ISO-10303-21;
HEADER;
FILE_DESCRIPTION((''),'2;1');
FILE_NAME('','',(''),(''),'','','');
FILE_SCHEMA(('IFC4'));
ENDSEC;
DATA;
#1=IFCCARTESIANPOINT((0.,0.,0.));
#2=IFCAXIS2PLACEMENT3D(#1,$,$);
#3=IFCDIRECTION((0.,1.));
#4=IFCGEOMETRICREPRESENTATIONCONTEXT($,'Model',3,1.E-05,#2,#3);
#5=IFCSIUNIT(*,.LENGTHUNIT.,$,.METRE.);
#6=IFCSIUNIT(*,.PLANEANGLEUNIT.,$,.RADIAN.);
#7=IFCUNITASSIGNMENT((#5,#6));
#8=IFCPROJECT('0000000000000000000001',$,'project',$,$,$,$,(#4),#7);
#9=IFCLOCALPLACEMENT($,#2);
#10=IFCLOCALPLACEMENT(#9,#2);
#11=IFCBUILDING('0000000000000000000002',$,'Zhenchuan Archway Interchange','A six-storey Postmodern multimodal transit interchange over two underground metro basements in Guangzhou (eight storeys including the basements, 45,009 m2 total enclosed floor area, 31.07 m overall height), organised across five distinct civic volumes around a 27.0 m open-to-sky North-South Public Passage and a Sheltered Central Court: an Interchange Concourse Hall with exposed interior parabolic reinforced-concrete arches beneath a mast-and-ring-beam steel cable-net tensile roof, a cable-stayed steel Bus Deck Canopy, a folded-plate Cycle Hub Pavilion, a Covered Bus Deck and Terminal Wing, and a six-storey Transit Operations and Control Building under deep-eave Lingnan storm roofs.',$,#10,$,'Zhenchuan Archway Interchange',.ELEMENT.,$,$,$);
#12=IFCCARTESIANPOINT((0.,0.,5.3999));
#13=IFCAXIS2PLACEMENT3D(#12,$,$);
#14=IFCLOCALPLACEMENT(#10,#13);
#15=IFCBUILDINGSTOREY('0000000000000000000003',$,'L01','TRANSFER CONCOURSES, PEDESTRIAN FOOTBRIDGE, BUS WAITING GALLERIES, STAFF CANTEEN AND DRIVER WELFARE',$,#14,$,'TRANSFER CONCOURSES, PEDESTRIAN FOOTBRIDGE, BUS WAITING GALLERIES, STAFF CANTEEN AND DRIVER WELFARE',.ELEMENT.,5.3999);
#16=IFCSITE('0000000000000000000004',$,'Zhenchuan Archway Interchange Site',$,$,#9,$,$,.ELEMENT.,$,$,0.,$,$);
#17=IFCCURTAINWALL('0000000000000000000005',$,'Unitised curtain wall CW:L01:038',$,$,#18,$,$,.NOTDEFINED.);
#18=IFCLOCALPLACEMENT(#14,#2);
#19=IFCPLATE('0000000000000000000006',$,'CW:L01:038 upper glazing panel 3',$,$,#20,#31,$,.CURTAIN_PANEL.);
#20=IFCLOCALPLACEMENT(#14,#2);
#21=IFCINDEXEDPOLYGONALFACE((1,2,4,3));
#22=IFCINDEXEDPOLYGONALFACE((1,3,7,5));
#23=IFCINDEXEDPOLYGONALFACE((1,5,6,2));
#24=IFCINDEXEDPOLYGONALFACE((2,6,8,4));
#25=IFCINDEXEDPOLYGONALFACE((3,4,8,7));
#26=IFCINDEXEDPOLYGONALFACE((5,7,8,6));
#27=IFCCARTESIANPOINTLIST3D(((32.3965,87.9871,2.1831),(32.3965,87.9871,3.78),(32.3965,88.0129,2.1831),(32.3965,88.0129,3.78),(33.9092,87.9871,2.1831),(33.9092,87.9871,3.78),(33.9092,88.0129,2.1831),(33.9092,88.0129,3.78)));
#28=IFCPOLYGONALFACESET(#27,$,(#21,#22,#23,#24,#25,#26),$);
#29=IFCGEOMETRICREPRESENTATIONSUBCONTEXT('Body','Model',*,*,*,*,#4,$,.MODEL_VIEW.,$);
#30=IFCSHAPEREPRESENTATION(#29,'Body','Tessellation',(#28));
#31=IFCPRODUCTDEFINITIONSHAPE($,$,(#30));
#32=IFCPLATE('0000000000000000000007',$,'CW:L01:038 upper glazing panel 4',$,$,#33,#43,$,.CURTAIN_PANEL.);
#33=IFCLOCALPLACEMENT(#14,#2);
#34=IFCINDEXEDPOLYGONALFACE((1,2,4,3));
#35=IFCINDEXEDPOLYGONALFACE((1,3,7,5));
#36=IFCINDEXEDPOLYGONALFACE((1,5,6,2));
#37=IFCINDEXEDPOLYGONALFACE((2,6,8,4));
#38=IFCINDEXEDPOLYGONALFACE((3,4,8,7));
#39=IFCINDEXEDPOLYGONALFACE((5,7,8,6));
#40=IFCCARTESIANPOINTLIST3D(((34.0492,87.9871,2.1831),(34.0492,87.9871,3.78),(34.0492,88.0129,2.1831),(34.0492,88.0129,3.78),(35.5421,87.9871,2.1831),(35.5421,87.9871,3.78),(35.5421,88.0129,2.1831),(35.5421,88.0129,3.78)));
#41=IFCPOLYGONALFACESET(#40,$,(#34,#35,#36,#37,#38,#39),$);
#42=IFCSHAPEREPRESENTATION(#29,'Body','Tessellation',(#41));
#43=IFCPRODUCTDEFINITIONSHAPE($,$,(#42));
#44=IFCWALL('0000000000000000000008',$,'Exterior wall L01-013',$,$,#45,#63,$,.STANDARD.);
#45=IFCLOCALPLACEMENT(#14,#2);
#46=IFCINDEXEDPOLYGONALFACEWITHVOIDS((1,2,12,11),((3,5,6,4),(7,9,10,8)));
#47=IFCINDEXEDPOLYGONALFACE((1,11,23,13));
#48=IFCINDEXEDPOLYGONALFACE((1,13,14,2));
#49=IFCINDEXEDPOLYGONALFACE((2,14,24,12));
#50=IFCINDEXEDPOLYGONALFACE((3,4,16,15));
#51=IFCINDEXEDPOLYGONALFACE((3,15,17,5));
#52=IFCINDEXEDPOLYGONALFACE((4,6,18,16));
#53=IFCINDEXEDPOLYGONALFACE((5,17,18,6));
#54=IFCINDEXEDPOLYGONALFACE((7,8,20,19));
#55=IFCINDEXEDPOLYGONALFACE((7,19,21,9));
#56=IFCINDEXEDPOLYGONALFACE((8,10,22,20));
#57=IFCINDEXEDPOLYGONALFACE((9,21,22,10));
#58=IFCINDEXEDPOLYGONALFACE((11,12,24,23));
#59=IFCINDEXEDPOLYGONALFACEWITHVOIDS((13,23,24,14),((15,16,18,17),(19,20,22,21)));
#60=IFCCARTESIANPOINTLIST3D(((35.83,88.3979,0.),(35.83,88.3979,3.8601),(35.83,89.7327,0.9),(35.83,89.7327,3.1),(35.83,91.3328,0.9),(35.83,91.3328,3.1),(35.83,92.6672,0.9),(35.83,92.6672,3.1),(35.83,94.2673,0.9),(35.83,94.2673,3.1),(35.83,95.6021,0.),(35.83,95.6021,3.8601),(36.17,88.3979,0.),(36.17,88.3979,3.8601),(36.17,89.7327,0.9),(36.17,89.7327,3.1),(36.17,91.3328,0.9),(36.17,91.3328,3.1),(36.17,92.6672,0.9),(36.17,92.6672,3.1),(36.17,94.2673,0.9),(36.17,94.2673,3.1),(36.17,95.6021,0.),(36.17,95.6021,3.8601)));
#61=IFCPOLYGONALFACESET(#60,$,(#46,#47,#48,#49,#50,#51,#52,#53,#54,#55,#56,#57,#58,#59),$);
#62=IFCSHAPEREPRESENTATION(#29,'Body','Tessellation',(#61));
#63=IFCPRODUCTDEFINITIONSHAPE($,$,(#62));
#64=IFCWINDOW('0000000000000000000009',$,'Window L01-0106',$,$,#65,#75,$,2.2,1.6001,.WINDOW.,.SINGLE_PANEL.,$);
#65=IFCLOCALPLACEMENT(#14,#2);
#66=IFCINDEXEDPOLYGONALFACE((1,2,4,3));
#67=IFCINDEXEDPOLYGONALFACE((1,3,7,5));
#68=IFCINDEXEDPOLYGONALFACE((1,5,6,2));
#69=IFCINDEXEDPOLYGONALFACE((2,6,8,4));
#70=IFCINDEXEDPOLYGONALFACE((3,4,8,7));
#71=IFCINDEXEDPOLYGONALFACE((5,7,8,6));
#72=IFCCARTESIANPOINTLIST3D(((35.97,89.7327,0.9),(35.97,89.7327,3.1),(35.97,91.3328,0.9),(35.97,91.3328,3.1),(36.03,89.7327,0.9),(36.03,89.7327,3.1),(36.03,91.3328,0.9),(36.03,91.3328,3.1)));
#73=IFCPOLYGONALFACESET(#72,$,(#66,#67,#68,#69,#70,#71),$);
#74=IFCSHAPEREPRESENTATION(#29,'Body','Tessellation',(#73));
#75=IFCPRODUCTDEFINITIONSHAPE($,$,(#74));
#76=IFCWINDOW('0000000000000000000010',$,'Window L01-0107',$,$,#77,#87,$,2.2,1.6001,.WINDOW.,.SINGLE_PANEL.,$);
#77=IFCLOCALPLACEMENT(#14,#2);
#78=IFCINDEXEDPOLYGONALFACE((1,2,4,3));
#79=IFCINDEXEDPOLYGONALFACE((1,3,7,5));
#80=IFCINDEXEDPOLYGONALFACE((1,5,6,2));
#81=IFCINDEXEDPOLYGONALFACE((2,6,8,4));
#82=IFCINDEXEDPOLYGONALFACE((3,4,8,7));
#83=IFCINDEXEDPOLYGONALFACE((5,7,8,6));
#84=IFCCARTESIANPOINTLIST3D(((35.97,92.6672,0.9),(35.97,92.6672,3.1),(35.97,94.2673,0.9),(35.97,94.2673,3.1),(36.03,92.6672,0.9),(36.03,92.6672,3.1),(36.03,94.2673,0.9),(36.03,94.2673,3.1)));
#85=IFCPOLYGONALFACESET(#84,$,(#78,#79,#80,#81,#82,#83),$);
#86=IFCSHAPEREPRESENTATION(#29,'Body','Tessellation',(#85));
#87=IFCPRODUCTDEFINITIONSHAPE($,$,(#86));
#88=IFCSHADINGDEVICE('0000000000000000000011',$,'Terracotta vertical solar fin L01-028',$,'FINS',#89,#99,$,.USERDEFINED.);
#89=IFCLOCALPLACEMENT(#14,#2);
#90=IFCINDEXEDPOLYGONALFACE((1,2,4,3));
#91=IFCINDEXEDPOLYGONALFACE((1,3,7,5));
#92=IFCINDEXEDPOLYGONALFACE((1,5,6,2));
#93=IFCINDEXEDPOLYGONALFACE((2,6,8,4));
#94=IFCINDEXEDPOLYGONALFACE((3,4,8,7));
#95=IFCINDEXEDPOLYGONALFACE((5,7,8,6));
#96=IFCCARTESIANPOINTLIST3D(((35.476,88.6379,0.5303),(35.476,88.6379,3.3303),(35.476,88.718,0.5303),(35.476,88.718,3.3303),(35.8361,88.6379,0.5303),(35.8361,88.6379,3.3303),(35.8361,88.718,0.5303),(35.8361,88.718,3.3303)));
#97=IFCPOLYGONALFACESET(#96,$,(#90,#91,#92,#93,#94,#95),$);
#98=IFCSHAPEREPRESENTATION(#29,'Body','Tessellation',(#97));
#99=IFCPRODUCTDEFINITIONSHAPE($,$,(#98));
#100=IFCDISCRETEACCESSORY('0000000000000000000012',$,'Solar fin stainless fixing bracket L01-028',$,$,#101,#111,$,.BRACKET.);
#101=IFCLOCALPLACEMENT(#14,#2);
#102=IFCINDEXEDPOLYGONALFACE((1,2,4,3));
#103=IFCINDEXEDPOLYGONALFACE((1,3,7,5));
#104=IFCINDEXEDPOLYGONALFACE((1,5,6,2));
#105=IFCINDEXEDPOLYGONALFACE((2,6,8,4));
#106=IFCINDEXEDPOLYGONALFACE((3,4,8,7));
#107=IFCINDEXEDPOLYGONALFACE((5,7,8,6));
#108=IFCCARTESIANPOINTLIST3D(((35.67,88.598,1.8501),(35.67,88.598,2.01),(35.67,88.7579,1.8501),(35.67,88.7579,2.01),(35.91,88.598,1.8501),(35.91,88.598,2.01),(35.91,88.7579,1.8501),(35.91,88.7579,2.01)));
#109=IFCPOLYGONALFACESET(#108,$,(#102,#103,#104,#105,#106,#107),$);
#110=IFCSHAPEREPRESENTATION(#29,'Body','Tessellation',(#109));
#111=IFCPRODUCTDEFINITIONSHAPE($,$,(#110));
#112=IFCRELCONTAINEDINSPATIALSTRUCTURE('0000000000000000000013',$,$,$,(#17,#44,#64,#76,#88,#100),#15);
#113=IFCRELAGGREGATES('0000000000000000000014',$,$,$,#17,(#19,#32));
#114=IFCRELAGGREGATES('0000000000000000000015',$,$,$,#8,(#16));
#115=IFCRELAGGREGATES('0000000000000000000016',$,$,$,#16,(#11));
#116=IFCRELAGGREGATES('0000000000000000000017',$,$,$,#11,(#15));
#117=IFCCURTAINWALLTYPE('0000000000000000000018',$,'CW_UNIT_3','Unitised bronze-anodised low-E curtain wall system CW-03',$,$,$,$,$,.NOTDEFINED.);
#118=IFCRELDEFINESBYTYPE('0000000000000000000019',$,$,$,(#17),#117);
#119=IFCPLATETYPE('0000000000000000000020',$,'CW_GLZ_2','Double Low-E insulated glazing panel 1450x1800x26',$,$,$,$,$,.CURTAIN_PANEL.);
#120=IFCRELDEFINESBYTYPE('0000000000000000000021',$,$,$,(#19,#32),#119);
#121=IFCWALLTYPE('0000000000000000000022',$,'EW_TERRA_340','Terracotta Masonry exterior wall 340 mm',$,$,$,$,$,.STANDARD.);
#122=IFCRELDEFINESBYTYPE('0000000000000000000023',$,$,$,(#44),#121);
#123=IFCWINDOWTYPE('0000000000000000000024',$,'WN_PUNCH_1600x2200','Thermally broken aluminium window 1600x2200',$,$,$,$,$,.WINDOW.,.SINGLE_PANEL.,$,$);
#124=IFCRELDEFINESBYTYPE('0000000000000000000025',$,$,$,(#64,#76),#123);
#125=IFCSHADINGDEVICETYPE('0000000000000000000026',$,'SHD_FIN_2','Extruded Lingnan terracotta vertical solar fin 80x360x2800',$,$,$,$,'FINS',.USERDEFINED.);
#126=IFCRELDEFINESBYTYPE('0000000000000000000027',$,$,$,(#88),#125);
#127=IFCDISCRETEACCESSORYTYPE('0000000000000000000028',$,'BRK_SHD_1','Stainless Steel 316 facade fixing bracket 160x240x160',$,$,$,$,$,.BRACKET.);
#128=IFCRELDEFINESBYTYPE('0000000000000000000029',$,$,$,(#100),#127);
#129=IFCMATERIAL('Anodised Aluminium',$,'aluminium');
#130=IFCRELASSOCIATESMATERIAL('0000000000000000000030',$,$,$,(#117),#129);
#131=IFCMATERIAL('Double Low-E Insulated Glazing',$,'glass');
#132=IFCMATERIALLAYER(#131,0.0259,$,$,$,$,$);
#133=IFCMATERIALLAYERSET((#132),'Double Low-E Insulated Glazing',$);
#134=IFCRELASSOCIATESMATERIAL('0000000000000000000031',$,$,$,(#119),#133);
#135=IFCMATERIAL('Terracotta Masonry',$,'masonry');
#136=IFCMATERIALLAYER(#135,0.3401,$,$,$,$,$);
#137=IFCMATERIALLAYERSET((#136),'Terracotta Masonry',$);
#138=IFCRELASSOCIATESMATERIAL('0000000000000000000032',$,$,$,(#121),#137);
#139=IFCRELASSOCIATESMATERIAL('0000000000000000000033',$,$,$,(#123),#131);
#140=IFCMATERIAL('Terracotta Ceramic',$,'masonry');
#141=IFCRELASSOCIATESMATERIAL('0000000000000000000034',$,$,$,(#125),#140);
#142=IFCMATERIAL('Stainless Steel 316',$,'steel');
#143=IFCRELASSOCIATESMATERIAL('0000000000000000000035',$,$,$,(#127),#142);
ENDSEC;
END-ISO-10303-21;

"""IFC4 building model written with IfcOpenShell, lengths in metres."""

from ifc_helpers import new_model, si_unit, direction, frame, frame_2d, origin, origin_2d, place, context, subcontext, project, spatial, rectangle, extrude, material, layer, layer_set, type_object, element, fill, aggregate, save


model = new_model("IFC4")

# Units and contexts
model_context = context("Model", 3, precision=1e-05, world=origin(), true_north=direction((0.0, 1.0)))
body_context = subcontext(model_context, "Body", "Model", "MODEL_VIEW")
ifc_project = project(units=[si_unit("LENGTHUNIT", "METRE"), si_unit("PLANEANGLEUNIT", "RADIAN")], contexts=[model_context])

# Site, building, storey
site_placement = place(None, origin())
site = spatial("IfcSite", under=ifc_project, at=site_placement, Name="Zhenchuan Archway Interchange Site", CompositionType="ELEMENT", RefElevation=0.0)
building_placement = place(site_placement, origin())
building = spatial("IfcBuilding", under=site, at=building_placement, Name="Zhenchuan Archway Interchange", Description="A six-storey Postmodern multimodal transit interchange over two underground metro basements in Guangzhou (eight storeys including the basements, 45,009 m2 total enclosed floor area, 31.07 m overall height), organised across five distinct civic volumes around a 27.0 m open-to-sky North-South Public Passage and a Sheltered Central Court: an Interchange Concourse Hall with exposed interior parabolic reinforced-concrete arches beneath a mast-and-ring-beam steel cable-net tensile roof, a cable-stayed steel Bus Deck Canopy, a folded-plate Cycle Hub Pavilion, a Covered Bus Deck and Terminal Wing, and a six-storey Transit Operations and Control Building under deep-eave Lingnan storm roofs.", LongName="Zhenchuan Archway Interchange", CompositionType="ELEMENT")
storey_placement = place(building_placement, frame((0.0, 0.0, 5.3999)))
storey = spatial("IfcBuildingStorey", under=building, at=storey_placement, Name="L01", Description="TRANSFER CONCOURSES, PEDESTRIAN FOOTBRIDGE, BUS WAITING GALLERIES, STAFF CANTEEN AND DRIVER WELFARE", LongName="TRANSFER CONCOURSES, PEDESTRIAN FOOTBRIDGE, BUS WAITING GALLERIES, STAFF CANTEEN AND DRIVER WELFARE", CompositionType="ELEMENT", Elevation=5.3999)

# Curtain wall
ifc_material_1 = material(Name="Anodised Aluminium", Category="aluminium")
curtain_wall_type_1 = type_object("IfcCurtainWallType", Name="CW_UNIT_3", Description="Unitised bronze-anodised low-E curtain wall system CW-03", PredefinedType="NOTDEFINED", material=ifc_material_1)
curtain_wall_1_placement = place(storey_placement, origin())
curtain_wall_1 = element("IfcCurtainWall", 1, at=curtain_wall_1_placement, inside=storey, type_object=curtain_wall_type_1, Name="Unitised curtain wall CW:L01:038", PredefinedType="NOTDEFINED")

# Plates
ifc_material_2 = material(Name="Double Low-E Insulated Glazing", Category="glass")
ifc_layer_1 = layer(ifc_material_2, 0.0259)
ifc_layer_set_1 = layer_set([ifc_layer_1], Name="Double Low-E Insulated Glazing")
plate_type_1 = type_object("IfcPlateType", Name="CW_GLZ_2", Description="Double Low-E insulated glazing panel 1450x1800x26", PredefinedType="CURTAIN_PANEL", material=ifc_layer_set_1)
plate_1_placement = place(storey_placement, frame((33.1528, 88.0, 2.1831), z_axis=(0.0, 0.0, 1.0), x_axis=(1.0, 0.0, 0.0)))
plate_1 = element("IfcPlate", 2, at=plate_1_placement, type_object=plate_type_1, Name="CW:L01:038 upper glazing panel 3", PredefinedType="CURTAIN_PANEL", context=body_context, shape_type="SweptSolid", body=[
    extrude(rectangle(XDim=1.5127, YDim=0.0259, at=origin_2d()), origin(), (0.0, 0.0, 1.0), 1.5969),
])
plate_2_placement = place(storey_placement, frame((34.7957, 88.0, 2.1831), z_axis=(0.0, 0.0, 1.0), x_axis=(1.0, 0.0, 0.0)))
plate_2 = element("IfcPlate", 3, at=plate_2_placement, type_object=plate_type_1, Name="CW:L01:038 upper glazing panel 4", PredefinedType="CURTAIN_PANEL", context=body_context, shape_type="SweptSolid", body=[
    extrude(rectangle(XDim=1.4929, YDim=0.0259, at=origin_2d()), origin(), (0.0, 0.0, 1.0), 1.5969),
])
aggregate(curtain_wall_1, [plate_1, plate_2])

# Wall, openings, windows
ifc_material_3 = material(Name="Terracotta Masonry", Category="masonry")
ifc_layer_2 = layer(ifc_material_3, 0.3401)
ifc_layer_set_2 = layer_set([ifc_layer_2], Name="Terracotta Masonry")
wall_type = type_object("IfcWallType", Name="EW_TERRA_340", Description="Terracotta Masonry exterior wall 340 mm", PredefinedType="STANDARD", material=ifc_layer_set_2)
wall_placement = place(storey_placement, frame((36.0, 88.3979, 0.0), z_axis=(0.0, 0.0, 1.0), x_axis=(0.0, 1.0, 0.0)))
wall = element("IfcWall", 4, at=wall_placement, inside=storey, type_object=wall_type, Name="Exterior wall L01-013", PredefinedType="STANDARD", context=body_context, shape_type="SweptSolid", body=[
    extrude(rectangle(XDim=7.2041, YDim=0.3401, at=frame_2d((3.6021, 0.0))), origin(), (0.0, 0.0, 1.0), 3.8601),
])
opening_1_placement = place(wall_placement, frame((1.3347, 0.0, 0.8999)))
opening_1 = element("IfcOpeningElement", 5, at=opening_1_placement, cuts=wall, PredefinedType="OPENING", context=body_context, shape_type="SweptSolid", body=[
    extrude(rectangle(XDim=1.6001, YDim=2.2, at=frame_2d((0.8, 1.1001))), frame((0.0, 0.1821, 0.0), z_axis=(0.0, -1.0, 0.0), x_axis=(1.0, 0.0, 0.0)), (0.0, 0.0, 1.0), 0.364),
])
opening_2_placement = place(wall_placement, frame((4.2693, 0.0, 0.8999)))
opening_2 = element("IfcOpeningElement", 6, at=opening_2_placement, cuts=wall, PredefinedType="OPENING", context=body_context, shape_type="SweptSolid", body=[
    extrude(rectangle(XDim=1.6001, YDim=2.2, at=frame_2d((0.8, 1.1001))), frame((0.0, 0.1821, 0.0), z_axis=(0.0, -1.0, 0.0), x_axis=(1.0, 0.0, 0.0)), (0.0, 0.0, 1.0), 0.364),
])
window_type = type_object("IfcWindowType", Name="WN_PUNCH_1600x2200", Description="Thermally broken aluminium window 1600x2200", PartitioningType="SINGLE_PANEL", PredefinedType="WINDOW", material=ifc_material_2)
window_1_placement = place(opening_1_placement, origin())
window_1 = element("IfcWindow", 7, at=window_1_placement, inside=storey, type_object=window_type, Name="Window L01-0106", OverallHeight=2.2, OverallWidth=1.6001, PartitioningType="SINGLE_PANEL", PredefinedType="WINDOW", context=body_context, shape_type="SweptSolid", body=[
    extrude(rectangle(XDim=1.6001, YDim=2.2, at=frame_2d((0.8, 1.1001))), frame((0.0, 0.03, 0.0), z_axis=(0.0, -1.0, 0.0), x_axis=(1.0, 0.0, 0.0)), (0.0, 0.0, 1.0), 0.0601),
])
fill(opening_1, window_1)
window_2_placement = place(opening_2_placement, origin())
window_2 = element("IfcWindow", 8, at=window_2_placement, inside=storey, type_object=window_type, Name="Window L01-0107", OverallHeight=2.2, OverallWidth=1.6001, PartitioningType="SINGLE_PANEL", PredefinedType="WINDOW", context=body_context, shape_type="SweptSolid", body=[
    extrude(rectangle(XDim=1.6001, YDim=2.2, at=frame_2d((0.8, 1.1001))), frame((0.0, 0.03, 0.0), z_axis=(0.0, -1.0, 0.0), x_axis=(1.0, 0.0, 0.0)), (0.0, 0.0, 1.0), 0.0601),
])
fill(opening_2, window_2)

# Shading device
ifc_material_4 = material(Name="Terracotta Ceramic", Category="masonry")
shading_device_type = type_object("IfcShadingDeviceType", Name="SHD_FIN_2", Description="Extruded Lingnan terracotta vertical solar fin 80x360x2800", ElementType="FINS", PredefinedType="USERDEFINED", material=ifc_material_4)
shading_device_placement = place(storey_placement, frame((35.656, 88.678, 0.5303), z_axis=(0.0, 0.0, 1.0), x_axis=(0.0, 1.0, 0.0)))
element("IfcShadingDevice", 9, at=shading_device_placement, inside=storey, type_object=shading_device_type, Name="Terracotta vertical solar fin L01-028", ObjectType="FINS", PredefinedType="USERDEFINED", context=body_context, shape_type="SweptSolid", body=[
    extrude(rectangle(XDim=0.0801, YDim=0.3601, at=origin_2d()), origin(), (0.0, 0.0, 1.0), 2.8),
])

# Discrete accessory
ifc_material_5 = material(Name="Stainless Steel 316", Category="steel")
discrete_accessory_type = type_object("IfcDiscreteAccessoryType", Name="BRK_SHD_1", Description="Stainless Steel 316 facade fixing bracket 160x240x160", PredefinedType="BRACKET", material=ifc_material_5)
discrete_accessory_placement = place(storey_placement, frame((35.79, 88.678, 1.8501), z_axis=(0.0, 0.0, 1.0), x_axis=(0.0, 1.0, 0.0)))
element("IfcDiscreteAccessory", 10, at=discrete_accessory_placement, inside=storey, type_object=discrete_accessory_type, Name="Solar fin stainless fixing bracket L01-028", PredefinedType="BRACKET", context=body_context, shape_type="SweptSolid", body=[
    extrude(rectangle(XDim=0.1599, YDim=0.24, at=origin_2d()), origin(), (0.0, 0.0, 1.0), 0.1599),
])

save(model, "model.ifc")
